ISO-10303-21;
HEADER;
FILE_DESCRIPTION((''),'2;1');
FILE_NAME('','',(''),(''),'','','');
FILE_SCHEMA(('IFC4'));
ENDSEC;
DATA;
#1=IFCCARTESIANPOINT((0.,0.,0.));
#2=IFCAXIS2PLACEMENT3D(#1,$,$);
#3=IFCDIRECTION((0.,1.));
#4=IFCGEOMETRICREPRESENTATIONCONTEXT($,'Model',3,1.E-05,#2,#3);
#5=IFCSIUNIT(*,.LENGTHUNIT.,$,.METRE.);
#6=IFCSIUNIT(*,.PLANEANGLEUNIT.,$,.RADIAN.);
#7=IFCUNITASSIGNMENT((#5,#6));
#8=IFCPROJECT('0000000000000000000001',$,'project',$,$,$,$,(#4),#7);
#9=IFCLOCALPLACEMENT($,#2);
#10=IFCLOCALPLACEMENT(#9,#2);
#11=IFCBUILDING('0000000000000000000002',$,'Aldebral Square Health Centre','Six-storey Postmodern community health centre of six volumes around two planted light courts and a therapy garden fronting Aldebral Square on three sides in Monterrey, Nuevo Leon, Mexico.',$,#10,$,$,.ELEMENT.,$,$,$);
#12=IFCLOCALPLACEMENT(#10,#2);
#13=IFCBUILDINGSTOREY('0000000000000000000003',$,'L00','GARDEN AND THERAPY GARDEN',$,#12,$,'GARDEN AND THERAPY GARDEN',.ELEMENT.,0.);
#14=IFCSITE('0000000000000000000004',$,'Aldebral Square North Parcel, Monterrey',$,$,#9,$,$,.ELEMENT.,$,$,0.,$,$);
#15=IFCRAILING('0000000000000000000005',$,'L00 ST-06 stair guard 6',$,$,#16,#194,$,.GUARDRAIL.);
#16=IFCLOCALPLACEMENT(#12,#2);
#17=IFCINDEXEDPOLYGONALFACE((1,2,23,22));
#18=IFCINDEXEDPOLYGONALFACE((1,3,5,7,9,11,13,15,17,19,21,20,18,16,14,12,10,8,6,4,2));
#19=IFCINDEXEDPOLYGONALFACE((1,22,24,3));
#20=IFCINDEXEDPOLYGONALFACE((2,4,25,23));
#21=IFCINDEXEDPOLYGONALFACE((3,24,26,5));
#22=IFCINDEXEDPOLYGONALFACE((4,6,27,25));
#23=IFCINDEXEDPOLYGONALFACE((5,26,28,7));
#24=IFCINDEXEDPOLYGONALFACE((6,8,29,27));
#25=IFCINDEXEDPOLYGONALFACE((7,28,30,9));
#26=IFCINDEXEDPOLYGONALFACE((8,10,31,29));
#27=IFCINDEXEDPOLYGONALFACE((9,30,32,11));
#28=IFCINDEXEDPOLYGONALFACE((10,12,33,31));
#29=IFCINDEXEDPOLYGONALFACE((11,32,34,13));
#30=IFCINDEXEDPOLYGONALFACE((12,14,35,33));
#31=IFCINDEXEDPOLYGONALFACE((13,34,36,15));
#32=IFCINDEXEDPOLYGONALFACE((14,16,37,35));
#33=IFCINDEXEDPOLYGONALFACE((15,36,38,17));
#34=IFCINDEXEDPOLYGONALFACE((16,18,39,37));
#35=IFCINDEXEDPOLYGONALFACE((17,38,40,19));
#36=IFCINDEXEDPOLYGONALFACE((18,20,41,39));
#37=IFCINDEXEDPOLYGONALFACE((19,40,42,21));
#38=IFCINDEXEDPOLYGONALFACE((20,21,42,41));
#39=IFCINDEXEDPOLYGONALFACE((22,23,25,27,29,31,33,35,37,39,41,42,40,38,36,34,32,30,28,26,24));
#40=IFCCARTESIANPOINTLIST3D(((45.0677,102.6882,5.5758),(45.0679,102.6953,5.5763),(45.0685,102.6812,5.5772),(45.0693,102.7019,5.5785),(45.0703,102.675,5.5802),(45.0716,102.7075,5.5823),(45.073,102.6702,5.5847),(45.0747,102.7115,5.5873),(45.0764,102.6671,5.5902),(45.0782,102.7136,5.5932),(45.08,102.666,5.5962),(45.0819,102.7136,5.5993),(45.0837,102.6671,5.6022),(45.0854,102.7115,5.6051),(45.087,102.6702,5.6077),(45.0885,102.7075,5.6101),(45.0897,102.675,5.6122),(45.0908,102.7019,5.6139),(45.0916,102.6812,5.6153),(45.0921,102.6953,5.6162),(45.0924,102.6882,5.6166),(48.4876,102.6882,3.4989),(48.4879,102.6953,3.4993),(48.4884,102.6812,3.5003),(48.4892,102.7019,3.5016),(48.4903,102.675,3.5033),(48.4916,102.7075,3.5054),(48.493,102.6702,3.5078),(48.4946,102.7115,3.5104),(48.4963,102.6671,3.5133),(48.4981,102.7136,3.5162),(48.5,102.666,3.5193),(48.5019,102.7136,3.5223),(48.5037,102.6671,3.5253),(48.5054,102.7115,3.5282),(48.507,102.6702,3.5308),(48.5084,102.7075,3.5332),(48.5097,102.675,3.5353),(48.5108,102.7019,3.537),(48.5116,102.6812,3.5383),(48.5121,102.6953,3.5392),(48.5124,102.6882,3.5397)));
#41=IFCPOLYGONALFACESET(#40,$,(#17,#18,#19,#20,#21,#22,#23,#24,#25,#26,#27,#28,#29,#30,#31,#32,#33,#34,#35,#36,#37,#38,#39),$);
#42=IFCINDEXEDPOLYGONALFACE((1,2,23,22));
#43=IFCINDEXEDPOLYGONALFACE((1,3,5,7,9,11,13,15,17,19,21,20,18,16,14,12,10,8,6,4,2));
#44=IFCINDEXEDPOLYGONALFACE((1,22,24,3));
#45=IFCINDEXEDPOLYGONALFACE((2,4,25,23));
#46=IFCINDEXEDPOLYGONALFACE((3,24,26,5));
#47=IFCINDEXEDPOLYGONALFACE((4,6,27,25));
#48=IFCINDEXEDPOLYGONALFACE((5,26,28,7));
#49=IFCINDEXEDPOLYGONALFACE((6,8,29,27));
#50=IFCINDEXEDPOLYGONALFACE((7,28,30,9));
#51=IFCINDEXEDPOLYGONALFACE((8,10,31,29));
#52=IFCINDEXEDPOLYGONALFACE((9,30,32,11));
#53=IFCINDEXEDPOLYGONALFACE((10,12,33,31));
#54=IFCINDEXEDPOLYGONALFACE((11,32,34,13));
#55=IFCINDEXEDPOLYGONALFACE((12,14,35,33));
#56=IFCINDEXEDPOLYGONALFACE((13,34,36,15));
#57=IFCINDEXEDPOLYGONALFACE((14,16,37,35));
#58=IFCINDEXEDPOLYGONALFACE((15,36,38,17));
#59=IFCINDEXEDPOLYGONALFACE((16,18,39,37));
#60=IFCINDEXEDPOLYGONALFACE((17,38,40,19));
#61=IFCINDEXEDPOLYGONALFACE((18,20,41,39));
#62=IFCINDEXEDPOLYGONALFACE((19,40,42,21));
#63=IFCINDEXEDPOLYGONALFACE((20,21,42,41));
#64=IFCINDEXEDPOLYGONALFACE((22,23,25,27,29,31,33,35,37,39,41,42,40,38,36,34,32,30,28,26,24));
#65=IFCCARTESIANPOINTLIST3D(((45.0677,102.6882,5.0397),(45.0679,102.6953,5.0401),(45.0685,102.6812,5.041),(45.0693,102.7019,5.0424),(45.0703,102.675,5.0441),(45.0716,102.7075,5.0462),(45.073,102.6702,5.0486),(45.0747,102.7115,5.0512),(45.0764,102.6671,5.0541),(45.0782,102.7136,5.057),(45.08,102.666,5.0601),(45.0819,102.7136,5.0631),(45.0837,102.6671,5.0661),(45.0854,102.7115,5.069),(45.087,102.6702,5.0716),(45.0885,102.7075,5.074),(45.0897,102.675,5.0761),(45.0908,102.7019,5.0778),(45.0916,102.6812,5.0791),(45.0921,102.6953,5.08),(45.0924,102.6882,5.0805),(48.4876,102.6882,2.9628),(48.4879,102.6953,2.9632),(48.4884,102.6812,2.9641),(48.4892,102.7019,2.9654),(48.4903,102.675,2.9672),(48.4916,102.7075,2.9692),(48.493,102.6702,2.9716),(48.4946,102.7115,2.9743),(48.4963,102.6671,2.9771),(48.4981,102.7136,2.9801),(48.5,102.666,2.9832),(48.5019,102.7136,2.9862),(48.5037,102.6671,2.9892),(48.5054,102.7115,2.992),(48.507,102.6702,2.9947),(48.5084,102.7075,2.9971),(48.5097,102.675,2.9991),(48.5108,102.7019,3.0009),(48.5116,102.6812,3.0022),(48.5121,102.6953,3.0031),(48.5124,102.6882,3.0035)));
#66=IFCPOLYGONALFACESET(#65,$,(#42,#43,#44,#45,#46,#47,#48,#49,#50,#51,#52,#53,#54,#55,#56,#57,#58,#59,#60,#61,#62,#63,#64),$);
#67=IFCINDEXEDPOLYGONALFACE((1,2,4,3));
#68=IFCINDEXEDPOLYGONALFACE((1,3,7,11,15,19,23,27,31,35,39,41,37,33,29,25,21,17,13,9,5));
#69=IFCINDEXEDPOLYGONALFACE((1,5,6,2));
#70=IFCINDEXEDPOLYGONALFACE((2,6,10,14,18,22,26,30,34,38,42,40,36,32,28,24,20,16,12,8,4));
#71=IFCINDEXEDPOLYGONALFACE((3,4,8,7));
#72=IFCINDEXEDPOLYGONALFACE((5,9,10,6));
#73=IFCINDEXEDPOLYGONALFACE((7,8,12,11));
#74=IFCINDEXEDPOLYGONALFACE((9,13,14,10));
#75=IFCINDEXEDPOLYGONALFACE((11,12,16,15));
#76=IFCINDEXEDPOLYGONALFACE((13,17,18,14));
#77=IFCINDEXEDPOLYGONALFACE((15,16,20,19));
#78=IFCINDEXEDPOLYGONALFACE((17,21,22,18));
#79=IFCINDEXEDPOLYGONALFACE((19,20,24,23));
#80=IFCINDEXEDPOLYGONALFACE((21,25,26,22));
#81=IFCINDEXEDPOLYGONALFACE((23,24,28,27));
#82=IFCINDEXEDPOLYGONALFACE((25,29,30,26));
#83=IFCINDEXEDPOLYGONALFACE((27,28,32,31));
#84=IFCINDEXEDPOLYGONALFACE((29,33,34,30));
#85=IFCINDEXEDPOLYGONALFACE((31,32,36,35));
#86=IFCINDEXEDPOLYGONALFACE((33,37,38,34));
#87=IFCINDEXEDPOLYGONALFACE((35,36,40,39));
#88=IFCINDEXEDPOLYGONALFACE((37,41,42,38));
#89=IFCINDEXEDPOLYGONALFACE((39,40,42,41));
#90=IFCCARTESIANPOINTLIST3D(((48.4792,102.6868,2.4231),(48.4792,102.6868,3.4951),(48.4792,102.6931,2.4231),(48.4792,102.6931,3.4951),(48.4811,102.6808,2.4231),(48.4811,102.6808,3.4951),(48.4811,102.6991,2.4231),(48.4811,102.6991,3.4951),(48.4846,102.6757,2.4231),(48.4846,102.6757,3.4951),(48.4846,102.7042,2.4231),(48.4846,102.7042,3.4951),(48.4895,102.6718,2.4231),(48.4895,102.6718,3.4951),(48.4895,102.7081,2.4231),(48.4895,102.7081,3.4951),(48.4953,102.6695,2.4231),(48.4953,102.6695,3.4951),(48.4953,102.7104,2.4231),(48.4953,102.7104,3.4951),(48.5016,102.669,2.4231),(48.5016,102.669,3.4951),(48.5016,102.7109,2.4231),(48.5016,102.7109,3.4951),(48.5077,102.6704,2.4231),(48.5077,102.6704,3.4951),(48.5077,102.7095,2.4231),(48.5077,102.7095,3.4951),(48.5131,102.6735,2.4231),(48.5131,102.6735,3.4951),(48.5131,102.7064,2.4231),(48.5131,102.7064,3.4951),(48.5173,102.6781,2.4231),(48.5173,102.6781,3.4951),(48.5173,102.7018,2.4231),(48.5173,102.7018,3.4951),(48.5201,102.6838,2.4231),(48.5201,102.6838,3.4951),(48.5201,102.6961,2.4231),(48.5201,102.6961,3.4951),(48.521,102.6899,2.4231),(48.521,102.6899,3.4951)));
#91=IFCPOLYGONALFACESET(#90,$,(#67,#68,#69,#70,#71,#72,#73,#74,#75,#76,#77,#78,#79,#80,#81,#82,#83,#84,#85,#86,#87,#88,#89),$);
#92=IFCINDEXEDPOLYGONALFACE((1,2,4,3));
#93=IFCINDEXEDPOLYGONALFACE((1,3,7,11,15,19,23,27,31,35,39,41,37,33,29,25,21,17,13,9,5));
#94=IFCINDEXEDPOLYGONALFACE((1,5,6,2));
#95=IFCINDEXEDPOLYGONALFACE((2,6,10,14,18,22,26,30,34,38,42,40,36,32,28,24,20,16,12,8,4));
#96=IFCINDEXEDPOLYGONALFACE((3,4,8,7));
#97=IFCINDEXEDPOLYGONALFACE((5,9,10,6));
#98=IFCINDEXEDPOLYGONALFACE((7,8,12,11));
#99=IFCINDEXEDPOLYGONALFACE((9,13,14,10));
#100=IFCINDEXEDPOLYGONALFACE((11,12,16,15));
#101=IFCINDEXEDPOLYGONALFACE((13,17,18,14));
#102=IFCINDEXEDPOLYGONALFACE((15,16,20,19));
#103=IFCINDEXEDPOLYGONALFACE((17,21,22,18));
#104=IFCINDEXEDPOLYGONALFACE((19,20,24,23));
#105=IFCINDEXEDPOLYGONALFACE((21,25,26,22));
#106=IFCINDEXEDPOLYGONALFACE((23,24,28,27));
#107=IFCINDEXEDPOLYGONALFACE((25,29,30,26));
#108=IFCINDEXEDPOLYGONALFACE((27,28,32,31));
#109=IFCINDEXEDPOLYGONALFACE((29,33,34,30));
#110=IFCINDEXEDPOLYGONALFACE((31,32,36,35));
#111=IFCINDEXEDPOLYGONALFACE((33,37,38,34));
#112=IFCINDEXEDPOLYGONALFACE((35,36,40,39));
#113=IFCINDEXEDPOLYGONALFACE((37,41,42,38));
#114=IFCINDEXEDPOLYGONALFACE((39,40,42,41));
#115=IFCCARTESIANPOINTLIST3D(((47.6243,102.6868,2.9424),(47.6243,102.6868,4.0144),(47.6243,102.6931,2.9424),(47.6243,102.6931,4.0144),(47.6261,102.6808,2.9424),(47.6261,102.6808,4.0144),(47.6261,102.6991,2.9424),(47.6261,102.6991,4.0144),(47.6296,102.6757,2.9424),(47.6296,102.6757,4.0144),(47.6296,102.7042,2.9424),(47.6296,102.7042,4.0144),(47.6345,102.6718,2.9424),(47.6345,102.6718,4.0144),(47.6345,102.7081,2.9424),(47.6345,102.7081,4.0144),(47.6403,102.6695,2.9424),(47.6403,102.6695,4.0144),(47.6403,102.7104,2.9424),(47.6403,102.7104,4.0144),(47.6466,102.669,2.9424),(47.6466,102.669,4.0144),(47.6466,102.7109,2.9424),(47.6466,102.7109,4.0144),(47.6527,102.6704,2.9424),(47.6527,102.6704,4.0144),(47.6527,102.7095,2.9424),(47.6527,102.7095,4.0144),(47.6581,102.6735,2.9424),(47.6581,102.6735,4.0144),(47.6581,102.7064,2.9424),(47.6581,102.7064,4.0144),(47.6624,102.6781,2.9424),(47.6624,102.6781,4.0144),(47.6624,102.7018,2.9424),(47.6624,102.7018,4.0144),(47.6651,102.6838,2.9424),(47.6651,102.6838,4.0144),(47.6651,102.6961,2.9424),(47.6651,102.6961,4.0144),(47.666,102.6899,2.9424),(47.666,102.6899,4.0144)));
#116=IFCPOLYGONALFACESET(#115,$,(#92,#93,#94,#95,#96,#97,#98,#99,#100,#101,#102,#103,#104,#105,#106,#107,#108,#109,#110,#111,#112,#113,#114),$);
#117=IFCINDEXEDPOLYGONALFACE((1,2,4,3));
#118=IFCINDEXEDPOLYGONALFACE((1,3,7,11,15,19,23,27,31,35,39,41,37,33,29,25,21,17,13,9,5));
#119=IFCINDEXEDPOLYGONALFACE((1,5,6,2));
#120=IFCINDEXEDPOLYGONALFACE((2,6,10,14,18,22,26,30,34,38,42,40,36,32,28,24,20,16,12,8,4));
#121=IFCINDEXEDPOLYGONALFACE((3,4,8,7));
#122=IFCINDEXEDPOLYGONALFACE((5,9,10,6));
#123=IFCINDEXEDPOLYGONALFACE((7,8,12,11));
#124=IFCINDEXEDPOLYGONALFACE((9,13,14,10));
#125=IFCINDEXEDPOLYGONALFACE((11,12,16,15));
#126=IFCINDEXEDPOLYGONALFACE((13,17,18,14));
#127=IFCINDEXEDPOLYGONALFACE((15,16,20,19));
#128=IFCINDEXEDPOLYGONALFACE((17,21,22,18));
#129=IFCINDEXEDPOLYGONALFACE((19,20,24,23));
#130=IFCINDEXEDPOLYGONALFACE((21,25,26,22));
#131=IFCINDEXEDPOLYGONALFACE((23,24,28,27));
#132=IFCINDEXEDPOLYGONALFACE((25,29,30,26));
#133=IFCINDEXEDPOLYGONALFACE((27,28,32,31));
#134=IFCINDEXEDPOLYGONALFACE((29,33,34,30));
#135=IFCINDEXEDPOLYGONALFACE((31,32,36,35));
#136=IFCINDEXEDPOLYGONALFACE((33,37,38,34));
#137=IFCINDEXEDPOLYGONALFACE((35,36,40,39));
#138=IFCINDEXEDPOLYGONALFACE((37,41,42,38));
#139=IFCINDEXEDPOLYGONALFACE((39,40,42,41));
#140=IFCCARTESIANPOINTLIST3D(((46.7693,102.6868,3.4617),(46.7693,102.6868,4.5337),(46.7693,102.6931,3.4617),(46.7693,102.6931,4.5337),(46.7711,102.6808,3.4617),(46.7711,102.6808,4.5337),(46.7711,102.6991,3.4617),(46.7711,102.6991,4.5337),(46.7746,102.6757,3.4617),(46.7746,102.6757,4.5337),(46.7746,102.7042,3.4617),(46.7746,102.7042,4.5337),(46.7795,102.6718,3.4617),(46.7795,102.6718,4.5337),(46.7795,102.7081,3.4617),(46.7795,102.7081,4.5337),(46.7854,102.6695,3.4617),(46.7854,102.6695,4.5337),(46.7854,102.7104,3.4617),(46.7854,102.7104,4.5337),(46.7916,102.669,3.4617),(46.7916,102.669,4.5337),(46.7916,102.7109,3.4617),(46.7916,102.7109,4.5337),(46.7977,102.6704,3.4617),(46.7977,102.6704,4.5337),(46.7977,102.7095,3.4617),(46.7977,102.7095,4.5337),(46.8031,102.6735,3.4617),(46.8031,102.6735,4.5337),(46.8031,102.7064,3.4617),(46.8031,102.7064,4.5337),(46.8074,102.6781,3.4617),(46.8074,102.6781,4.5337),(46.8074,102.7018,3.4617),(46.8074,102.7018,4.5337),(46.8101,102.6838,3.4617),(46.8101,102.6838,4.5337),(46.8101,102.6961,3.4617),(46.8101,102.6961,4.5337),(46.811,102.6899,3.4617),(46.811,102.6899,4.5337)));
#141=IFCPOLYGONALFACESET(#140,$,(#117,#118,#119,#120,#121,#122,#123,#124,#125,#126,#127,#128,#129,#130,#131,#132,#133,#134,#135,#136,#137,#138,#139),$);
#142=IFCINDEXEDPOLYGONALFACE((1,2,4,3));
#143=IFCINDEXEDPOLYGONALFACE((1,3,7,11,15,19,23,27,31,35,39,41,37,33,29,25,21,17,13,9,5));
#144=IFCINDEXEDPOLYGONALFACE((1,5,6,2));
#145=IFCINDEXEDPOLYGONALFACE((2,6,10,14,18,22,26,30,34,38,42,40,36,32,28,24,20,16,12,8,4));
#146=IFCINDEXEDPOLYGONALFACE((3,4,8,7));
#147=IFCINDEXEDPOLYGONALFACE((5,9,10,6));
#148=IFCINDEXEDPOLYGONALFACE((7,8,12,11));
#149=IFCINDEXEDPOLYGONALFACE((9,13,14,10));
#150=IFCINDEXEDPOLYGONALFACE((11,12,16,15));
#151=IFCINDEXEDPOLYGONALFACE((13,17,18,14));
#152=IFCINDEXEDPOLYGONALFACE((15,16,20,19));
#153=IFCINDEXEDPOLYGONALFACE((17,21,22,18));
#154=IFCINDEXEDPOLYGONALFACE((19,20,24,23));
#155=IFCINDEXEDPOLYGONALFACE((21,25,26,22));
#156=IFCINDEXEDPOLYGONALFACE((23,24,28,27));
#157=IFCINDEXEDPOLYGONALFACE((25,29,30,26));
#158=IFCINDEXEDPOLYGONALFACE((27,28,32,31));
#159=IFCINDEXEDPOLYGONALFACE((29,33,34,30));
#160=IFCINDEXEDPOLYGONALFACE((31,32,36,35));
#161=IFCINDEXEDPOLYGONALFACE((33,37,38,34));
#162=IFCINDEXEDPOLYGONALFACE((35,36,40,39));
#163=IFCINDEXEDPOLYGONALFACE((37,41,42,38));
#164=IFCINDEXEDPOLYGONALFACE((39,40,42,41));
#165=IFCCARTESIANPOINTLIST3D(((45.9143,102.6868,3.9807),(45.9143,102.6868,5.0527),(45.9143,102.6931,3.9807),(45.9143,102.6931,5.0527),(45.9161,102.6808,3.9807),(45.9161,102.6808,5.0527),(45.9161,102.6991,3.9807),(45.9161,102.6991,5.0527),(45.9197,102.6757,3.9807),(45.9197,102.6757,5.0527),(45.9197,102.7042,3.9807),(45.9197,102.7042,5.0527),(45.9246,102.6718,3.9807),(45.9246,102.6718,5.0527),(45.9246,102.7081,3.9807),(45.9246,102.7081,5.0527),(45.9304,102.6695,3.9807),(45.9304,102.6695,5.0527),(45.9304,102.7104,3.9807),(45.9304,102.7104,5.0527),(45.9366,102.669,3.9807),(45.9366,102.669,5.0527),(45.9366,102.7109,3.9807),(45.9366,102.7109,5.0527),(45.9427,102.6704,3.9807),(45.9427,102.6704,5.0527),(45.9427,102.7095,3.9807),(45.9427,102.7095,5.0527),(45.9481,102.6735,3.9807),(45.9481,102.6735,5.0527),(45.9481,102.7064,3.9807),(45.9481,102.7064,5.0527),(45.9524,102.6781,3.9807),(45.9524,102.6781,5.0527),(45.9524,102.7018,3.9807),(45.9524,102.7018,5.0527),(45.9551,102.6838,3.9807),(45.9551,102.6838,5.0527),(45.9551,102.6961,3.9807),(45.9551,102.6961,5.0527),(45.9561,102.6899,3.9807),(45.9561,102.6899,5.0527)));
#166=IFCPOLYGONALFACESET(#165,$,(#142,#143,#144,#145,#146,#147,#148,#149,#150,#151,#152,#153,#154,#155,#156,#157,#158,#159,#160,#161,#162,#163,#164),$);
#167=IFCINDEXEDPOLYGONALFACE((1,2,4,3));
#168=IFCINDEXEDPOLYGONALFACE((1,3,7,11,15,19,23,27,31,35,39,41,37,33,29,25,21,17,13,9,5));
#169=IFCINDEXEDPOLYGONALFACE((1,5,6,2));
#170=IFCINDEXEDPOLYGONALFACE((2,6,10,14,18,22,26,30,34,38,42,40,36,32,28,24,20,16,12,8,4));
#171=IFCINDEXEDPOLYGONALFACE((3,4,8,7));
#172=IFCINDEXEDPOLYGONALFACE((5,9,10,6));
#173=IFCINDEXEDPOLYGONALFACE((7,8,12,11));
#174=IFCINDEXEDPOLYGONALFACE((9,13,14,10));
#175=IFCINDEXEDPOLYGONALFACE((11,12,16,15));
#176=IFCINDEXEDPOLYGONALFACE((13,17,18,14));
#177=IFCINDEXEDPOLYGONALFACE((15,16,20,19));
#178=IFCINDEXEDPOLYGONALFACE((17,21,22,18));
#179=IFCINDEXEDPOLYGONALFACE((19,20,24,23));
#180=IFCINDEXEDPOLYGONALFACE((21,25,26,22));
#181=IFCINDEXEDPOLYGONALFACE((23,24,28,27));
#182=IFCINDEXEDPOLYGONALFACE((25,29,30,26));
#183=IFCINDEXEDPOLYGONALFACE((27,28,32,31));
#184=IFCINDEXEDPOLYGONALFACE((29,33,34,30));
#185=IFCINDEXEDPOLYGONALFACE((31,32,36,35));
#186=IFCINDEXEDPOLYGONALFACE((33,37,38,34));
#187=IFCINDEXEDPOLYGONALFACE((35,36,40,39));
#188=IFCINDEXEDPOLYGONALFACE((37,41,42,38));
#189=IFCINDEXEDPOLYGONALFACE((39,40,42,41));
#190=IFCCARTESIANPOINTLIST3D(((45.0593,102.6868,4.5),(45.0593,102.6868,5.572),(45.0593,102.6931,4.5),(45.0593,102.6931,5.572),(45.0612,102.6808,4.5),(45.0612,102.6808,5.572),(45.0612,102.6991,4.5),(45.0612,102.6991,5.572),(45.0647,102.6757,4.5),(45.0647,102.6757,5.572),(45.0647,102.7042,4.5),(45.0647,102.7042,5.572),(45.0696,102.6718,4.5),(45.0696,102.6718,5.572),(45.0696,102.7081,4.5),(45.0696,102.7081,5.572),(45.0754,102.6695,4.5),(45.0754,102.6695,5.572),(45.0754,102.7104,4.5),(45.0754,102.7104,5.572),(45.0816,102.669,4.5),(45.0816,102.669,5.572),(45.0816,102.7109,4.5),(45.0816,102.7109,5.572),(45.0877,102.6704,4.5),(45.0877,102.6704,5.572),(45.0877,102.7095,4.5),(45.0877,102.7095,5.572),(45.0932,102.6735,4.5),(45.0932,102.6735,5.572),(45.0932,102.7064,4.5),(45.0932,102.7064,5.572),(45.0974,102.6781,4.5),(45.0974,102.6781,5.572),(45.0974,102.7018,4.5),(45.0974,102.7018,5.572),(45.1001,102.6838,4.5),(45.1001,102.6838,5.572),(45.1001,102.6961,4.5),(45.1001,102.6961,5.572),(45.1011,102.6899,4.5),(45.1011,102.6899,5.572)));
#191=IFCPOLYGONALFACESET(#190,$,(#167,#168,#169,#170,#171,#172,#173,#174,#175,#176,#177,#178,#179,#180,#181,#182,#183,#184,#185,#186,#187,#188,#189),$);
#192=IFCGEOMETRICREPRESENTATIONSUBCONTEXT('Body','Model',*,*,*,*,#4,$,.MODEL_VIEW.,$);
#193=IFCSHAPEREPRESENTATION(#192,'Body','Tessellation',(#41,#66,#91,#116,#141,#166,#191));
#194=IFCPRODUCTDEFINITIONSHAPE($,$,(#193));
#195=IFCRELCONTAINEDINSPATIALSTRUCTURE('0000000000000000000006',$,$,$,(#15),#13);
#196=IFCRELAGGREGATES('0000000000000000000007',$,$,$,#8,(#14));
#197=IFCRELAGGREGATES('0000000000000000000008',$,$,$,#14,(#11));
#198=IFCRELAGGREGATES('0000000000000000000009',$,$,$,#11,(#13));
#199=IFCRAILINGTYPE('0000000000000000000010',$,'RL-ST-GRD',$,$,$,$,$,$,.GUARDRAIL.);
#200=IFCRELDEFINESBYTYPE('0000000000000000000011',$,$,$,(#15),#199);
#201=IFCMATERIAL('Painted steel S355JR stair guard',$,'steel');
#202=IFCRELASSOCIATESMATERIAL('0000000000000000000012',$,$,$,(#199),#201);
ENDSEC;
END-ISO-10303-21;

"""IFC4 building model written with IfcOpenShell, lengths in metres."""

from ifc_helpers import new_model, si_unit, direction, frame, origin, origin_2d, place, context, subcontext, project, spatial, circle, extrude, material, type_object, element, save


model = new_model("IFC4")

# Units and contexts
model_context = context("Model", 3, precision=1e-05, world=origin(), true_north=direction((0.0, 1.0)))
body_context = subcontext(model_context, "Body", "Model", "MODEL_VIEW")
ifc_project = project(units=[si_unit("LENGTHUNIT", "METRE"), si_unit("PLANEANGLEUNIT", "RADIAN")], contexts=[model_context])

# Site, building, storey
site_placement = place(None, origin())
site = spatial("IfcSite", under=ifc_project, at=site_placement, Name="Aldebral Square North Parcel, Monterrey", CompositionType="ELEMENT", RefElevation=0.0)
building_placement = place(site_placement, origin())
building = spatial("IfcBuilding", under=site, at=building_placement, Name="Aldebral Square Health Centre", Description="Six-storey Postmodern community health centre of six volumes around two planted light courts and a therapy garden fronting Aldebral Square on three sides in Monterrey, Nuevo Leon, Mexico.", CompositionType="ELEMENT")
storey_placement = place(building_placement, origin())
storey = spatial("IfcBuildingStorey", under=building, at=storey_placement, Name="L00", Description="GARDEN AND THERAPY GARDEN", LongName="GARDEN AND THERAPY GARDEN", CompositionType="ELEMENT", Elevation=0.0)

# Railing
ifc_material_1 = material(Name="Painted steel S355JR stair guard", Category="steel")
railing_type_1 = type_object("IfcRailingType", Name="RL-ST-GRD", PredefinedType="GUARDRAIL", material=ifc_material_1)
railing_1_placement = place(storey_placement, frame((48.5, 102.6899, 2.4231)))
element("IfcRailing", 1, at=railing_1_placement, inside=storey, type_object=railing_type_1, Name="L00 ST-06 stair guard 6", PredefinedType="GUARDRAIL", context=body_context, shape_type="SweptSolid", body=[
    extrude(circle(Radius=0.0239, at=origin_2d()), frame((0.0, 0.0, 1.0962), z_axis=(-0.85473, 0.0, 0.519074), x_axis=(0.0, -1.0, 0.0)), (0.0, 0.0, 1.0), 4.0012),
    extrude(circle(Radius=0.0239, at=origin_2d()), frame((0.0, 0.0, 0.5601), z_axis=(-0.85473, 0.0, 0.519074), x_axis=(0.0, -1.0, 0.0)), (0.0, 0.0, 1.0), 4.0012),
    extrude(circle(Radius=0.021, at=origin_2d()), origin(), (0.0, 0.0, 1.0), 1.072),
    extrude(circle(Radius=0.021, at=origin_2d()), frame((-0.855, 0.0, 0.5193)), (0.0, 0.0, 1.0), 1.072),
    extrude(circle(Radius=0.021, at=origin_2d()), frame((-1.71, 0.0, 1.0386)), (0.0, 0.0, 1.0), 1.072),
    extrude(circle(Radius=0.021, at=origin_2d()), frame((-2.5649, 0.0, 1.5576)), (0.0, 0.0, 1.0), 1.072),
    extrude(circle(Radius=0.021, at=origin_2d()), frame((-3.4199, 0.0, 2.0769)), (0.0, 0.0, 1.0), 1.072),
])

save(model, "model.ifc")
